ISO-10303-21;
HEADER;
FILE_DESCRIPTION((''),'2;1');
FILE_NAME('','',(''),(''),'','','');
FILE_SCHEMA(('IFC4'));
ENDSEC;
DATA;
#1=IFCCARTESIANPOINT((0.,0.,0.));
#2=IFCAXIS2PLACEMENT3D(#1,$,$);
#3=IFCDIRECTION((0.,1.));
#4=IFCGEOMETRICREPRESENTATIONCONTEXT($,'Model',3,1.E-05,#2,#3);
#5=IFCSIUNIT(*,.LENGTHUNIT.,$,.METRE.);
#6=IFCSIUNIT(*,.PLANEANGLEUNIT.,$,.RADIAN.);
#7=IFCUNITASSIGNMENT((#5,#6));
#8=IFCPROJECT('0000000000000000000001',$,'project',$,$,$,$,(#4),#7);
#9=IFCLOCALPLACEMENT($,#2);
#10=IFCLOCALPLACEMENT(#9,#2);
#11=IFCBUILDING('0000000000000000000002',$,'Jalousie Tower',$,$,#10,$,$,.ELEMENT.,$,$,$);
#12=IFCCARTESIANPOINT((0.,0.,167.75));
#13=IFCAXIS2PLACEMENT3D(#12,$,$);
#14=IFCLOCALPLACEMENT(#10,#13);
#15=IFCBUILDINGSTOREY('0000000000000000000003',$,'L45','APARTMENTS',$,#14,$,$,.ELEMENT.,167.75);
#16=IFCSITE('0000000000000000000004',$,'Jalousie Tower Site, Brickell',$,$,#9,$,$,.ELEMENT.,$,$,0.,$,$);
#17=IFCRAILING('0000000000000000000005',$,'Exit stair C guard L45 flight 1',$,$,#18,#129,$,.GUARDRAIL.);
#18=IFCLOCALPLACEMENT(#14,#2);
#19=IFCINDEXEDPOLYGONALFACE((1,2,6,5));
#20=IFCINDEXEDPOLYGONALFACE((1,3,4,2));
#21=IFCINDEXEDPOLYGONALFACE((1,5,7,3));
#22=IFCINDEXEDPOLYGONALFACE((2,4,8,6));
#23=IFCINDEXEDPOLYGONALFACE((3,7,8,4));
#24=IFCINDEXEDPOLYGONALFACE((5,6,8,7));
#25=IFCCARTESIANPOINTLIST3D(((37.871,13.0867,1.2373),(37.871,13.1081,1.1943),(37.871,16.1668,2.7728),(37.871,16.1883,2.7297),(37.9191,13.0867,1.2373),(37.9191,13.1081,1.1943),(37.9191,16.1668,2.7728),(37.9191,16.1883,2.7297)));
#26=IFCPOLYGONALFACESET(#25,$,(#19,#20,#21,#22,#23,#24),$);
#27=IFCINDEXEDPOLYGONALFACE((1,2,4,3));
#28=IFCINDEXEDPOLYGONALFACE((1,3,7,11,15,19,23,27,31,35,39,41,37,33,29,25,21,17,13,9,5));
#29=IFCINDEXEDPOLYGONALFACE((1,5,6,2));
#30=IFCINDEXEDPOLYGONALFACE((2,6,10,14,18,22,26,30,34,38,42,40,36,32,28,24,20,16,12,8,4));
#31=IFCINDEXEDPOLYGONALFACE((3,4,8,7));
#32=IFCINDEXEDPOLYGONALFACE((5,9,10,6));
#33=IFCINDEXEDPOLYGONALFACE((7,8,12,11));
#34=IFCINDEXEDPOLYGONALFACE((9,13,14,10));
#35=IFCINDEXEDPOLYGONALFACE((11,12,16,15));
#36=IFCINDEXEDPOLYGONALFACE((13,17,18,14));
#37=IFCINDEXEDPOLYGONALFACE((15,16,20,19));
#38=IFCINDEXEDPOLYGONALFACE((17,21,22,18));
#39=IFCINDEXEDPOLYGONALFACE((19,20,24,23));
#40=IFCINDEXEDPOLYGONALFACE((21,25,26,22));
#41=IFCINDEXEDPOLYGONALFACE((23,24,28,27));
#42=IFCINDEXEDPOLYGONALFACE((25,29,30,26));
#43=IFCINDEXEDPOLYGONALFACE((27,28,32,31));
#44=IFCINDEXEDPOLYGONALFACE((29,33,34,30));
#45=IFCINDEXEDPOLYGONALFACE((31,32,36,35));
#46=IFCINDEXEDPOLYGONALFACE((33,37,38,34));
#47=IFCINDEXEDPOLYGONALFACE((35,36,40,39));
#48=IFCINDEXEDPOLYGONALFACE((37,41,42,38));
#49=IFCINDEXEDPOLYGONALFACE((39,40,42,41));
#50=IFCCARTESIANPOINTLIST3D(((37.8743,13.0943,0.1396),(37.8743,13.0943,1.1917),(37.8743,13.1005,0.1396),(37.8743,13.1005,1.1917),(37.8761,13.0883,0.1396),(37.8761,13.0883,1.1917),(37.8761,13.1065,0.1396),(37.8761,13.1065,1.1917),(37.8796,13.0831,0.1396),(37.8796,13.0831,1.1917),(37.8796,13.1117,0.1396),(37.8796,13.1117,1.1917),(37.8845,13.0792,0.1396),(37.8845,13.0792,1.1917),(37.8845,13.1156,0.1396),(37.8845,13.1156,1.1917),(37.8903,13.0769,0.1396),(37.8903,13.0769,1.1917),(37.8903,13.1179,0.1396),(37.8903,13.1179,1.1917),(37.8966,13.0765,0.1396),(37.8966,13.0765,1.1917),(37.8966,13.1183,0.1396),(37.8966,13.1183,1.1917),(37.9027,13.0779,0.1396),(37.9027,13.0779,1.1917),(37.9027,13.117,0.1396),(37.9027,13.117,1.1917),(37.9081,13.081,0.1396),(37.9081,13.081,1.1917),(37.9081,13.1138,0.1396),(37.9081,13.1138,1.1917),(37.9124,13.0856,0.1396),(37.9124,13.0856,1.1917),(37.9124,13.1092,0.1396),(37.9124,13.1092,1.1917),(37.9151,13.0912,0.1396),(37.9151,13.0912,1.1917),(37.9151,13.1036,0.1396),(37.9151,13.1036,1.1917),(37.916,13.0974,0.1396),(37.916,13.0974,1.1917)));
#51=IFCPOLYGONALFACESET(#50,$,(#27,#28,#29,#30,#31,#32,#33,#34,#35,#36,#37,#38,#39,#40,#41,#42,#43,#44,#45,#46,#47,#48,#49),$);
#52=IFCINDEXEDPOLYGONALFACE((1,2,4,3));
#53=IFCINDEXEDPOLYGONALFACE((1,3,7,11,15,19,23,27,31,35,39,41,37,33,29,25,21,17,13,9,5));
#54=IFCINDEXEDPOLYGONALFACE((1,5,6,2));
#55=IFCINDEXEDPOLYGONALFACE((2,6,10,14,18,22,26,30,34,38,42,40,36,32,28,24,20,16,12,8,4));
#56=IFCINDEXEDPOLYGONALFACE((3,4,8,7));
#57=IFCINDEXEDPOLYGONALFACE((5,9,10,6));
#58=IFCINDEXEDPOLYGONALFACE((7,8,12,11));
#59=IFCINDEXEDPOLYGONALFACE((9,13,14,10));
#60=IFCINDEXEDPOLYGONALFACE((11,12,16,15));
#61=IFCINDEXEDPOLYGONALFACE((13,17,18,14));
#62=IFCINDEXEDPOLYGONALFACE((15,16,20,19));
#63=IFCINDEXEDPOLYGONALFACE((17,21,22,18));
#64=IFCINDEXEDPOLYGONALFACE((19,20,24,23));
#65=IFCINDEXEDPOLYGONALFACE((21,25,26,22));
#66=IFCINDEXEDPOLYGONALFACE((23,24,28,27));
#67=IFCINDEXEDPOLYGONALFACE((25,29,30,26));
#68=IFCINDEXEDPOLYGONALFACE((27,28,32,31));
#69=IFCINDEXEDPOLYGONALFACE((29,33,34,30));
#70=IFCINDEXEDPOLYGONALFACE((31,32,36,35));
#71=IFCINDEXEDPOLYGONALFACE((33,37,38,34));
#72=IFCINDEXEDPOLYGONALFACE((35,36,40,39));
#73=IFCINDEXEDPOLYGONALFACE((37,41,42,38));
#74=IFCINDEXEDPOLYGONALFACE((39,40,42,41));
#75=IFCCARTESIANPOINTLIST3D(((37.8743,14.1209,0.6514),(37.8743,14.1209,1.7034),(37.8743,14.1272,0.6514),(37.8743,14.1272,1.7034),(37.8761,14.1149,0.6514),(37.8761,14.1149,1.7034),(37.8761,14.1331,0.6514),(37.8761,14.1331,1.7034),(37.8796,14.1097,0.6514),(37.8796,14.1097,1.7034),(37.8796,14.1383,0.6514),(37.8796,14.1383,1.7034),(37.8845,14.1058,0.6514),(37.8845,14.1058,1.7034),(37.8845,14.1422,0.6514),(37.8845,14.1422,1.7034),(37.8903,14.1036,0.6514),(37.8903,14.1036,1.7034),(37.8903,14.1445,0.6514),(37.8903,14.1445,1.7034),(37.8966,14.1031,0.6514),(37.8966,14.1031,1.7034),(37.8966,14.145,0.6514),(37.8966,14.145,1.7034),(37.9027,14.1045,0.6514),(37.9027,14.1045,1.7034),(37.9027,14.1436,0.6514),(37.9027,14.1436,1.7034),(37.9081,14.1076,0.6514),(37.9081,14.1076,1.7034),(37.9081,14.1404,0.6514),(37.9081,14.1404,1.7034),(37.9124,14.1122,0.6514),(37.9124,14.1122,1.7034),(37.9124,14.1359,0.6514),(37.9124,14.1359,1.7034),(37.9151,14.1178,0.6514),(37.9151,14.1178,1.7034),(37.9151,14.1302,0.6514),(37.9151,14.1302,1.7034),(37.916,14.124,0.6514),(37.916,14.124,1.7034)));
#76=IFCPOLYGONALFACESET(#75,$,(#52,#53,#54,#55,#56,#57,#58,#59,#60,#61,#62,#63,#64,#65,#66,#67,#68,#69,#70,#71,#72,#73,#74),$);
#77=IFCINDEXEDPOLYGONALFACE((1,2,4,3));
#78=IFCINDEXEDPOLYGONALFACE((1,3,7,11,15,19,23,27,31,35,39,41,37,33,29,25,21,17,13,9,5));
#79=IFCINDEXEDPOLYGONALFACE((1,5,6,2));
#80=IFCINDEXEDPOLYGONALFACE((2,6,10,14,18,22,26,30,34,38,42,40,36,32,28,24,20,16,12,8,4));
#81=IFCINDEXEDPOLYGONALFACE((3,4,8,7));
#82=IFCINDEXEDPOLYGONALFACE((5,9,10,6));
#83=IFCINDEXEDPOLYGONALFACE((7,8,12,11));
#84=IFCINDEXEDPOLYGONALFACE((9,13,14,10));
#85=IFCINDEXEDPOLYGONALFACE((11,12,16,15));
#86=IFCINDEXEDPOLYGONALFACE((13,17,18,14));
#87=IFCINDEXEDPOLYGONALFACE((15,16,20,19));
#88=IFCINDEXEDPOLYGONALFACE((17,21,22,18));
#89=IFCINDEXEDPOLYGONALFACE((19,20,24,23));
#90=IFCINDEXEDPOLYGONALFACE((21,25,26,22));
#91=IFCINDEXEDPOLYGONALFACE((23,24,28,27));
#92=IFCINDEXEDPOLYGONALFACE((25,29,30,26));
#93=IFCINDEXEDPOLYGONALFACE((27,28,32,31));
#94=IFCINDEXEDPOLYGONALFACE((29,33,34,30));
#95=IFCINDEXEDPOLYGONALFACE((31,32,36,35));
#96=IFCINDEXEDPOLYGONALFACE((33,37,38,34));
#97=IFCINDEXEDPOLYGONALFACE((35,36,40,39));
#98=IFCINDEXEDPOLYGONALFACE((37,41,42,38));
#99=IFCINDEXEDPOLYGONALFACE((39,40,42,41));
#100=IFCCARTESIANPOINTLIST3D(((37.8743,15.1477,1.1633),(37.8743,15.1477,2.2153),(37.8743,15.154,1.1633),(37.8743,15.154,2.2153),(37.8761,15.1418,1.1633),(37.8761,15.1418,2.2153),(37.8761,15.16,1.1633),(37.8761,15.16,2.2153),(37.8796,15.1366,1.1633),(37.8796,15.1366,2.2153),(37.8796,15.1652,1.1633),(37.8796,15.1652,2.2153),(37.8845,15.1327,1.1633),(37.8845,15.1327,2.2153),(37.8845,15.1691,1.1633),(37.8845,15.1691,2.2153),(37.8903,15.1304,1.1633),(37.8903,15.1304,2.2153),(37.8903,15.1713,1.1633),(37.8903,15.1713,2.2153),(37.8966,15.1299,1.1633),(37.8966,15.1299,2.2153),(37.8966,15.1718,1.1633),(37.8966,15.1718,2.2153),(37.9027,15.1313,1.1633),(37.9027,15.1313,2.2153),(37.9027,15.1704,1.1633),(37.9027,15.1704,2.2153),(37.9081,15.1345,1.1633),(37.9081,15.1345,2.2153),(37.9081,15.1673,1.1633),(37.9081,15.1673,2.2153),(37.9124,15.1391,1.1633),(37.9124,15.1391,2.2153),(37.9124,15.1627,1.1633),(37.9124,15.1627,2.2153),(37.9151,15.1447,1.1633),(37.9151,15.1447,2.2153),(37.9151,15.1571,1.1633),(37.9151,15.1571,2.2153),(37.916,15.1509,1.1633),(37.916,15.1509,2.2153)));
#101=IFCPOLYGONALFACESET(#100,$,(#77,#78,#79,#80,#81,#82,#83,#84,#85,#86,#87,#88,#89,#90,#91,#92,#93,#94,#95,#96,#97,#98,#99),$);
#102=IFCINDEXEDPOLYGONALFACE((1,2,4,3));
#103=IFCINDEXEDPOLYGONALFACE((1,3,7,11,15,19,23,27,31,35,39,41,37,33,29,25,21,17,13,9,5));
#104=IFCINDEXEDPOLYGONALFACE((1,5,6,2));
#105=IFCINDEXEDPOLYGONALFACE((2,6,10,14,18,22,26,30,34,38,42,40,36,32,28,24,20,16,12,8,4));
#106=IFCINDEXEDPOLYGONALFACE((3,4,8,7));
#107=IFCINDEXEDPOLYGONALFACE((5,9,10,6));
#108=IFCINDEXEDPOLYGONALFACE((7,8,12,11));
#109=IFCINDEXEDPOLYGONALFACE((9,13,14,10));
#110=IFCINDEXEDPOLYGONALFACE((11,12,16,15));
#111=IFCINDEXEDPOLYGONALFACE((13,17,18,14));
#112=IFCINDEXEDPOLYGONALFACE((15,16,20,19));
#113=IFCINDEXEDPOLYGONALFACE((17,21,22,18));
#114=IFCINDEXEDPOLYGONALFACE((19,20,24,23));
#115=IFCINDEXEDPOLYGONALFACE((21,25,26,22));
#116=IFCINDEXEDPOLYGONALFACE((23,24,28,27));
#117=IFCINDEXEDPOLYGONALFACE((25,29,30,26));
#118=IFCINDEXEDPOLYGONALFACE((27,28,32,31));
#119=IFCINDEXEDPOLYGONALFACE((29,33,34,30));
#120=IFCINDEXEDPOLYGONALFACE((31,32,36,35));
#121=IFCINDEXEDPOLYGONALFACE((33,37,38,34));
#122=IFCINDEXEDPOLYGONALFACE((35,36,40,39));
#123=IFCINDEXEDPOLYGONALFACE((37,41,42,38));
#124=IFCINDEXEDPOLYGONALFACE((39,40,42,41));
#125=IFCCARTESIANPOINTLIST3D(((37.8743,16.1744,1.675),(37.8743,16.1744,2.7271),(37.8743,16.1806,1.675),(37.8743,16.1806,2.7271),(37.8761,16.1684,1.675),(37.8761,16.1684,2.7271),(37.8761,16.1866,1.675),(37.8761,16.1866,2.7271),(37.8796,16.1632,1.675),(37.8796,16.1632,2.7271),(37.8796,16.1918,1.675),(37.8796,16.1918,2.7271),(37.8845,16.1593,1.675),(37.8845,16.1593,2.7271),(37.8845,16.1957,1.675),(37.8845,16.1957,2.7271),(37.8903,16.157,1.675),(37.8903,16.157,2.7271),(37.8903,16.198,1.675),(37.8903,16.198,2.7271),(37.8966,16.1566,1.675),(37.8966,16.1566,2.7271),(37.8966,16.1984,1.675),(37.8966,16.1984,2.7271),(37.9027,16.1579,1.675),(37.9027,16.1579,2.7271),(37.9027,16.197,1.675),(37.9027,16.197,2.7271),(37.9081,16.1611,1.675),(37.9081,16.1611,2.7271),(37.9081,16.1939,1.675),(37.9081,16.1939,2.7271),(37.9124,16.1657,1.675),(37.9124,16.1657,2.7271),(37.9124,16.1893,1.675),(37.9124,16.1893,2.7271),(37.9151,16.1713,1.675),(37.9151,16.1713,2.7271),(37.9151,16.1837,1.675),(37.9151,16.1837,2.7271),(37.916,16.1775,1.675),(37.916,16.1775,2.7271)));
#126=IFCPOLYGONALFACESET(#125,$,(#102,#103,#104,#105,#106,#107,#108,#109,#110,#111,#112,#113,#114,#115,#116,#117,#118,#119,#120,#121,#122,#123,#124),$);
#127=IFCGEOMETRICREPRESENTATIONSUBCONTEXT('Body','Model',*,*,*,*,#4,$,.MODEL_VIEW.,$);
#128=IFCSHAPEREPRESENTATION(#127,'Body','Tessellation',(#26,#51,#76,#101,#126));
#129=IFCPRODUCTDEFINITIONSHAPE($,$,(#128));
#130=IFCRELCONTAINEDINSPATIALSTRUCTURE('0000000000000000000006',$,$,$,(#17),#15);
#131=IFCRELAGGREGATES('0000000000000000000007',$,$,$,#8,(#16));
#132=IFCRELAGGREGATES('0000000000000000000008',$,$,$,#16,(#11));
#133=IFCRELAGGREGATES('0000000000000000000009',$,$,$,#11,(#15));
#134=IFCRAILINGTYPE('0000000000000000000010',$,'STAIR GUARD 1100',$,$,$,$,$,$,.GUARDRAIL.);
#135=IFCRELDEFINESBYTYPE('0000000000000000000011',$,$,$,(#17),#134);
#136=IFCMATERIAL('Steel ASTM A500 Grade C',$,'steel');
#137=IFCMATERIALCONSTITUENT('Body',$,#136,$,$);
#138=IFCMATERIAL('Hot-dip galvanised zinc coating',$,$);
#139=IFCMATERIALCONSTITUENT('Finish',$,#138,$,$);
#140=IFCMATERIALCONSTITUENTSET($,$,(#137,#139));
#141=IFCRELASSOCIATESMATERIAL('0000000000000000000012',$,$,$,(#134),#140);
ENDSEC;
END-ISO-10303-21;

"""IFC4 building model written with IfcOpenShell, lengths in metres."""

from ifc_helpers import new_model, si_unit, direction, frame, origin, origin_2d, place, context, subcontext, project, spatial, rectangle, circle, extrude, material, constituent, constituent_set, type_object, element, save


model = new_model("IFC4")

# Units and contexts
model_context = context("Model", 3, precision=1e-05, world=origin(), true_north=direction((0.0, 1.0)))
body_context = subcontext(model_context, "Body", "Model", "MODEL_VIEW")
ifc_project = project(units=[si_unit("LENGTHUNIT", "METRE"), si_unit("PLANEANGLEUNIT", "RADIAN")], contexts=[model_context])

# Site, building, storey
site_placement = place(None, origin())
site = spatial("IfcSite", under=ifc_project, at=site_placement, Name="Jalousie Tower Site, Brickell", CompositionType="ELEMENT", RefElevation=0.0)
building_placement = place(site_placement, origin())
building = spatial("IfcBuilding", under=site, at=building_placement, Name="Jalousie Tower", CompositionType="ELEMENT")
storey_placement = place(building_placement, frame((0.0, 0.0, 167.75)))
storey = spatial("IfcBuildingStorey", under=building, at=storey_placement, Name="L45", Description="APARTMENTS", CompositionType="ELEMENT", Elevation=167.75)

# Railing
ifc_material_1 = material(Name="Steel ASTM A500 Grade C", Category="steel")
ifc_constituent_1 = constituent(ifc_material_1, Name="Body")
ifc_material_2 = material(Name="Hot-dip galvanised zinc coating")
ifc_constituent_2 = constituent(ifc_material_2, Name="Finish")
ifc_constituent_set_1 = constituent_set(constituents=[ifc_constituent_1, ifc_constituent_2])
railing_type_1 = type_object("IfcRailingType", Name="STAIR GUARD 1100", PredefinedType="GUARDRAIL", material=ifc_constituent_set_1)
railing_1_placement = place(storey_placement, frame((37.895, 13.0974, 0.1396)))
element("IfcRailing", 1, at=railing_1_placement, inside=storey, type_object=railing_type_1, Name="Exit stair C guard L45 flight 1", PredefinedType="GUARDRAIL", context=body_context, shape_type="SweptSolid", body=[
    extrude(rectangle(XDim=0.0481, YDim=0.0481, at=origin_2d()), frame((0.0, 0.0, 1.0762), z_axis=(0.0, 0.894966, 0.446135), x_axis=(-1.0, 0.0, 0.0)), (0.0, 0.0, 1.0), 3.4417),
    extrude(circle(Radius=0.021, at=origin_2d()), origin(), (0.0, 0.0, 1.0), 1.052),
    extrude(circle(Radius=0.021, at=origin_2d()), frame((0.0, 1.0266, 0.5117)), (0.0, 0.0, 1.0), 1.052),
    extrude(circle(Radius=0.021, at=origin_2d()), frame((0.0, 2.0535, 1.0237)), (0.0, 0.0, 1.0), 1.052),
    extrude(circle(Radius=0.021, at=origin_2d()), frame((0.0, 3.0801, 1.5354)), (0.0, 0.0, 1.0), 1.052),
])

save(model, "model.ifc")
